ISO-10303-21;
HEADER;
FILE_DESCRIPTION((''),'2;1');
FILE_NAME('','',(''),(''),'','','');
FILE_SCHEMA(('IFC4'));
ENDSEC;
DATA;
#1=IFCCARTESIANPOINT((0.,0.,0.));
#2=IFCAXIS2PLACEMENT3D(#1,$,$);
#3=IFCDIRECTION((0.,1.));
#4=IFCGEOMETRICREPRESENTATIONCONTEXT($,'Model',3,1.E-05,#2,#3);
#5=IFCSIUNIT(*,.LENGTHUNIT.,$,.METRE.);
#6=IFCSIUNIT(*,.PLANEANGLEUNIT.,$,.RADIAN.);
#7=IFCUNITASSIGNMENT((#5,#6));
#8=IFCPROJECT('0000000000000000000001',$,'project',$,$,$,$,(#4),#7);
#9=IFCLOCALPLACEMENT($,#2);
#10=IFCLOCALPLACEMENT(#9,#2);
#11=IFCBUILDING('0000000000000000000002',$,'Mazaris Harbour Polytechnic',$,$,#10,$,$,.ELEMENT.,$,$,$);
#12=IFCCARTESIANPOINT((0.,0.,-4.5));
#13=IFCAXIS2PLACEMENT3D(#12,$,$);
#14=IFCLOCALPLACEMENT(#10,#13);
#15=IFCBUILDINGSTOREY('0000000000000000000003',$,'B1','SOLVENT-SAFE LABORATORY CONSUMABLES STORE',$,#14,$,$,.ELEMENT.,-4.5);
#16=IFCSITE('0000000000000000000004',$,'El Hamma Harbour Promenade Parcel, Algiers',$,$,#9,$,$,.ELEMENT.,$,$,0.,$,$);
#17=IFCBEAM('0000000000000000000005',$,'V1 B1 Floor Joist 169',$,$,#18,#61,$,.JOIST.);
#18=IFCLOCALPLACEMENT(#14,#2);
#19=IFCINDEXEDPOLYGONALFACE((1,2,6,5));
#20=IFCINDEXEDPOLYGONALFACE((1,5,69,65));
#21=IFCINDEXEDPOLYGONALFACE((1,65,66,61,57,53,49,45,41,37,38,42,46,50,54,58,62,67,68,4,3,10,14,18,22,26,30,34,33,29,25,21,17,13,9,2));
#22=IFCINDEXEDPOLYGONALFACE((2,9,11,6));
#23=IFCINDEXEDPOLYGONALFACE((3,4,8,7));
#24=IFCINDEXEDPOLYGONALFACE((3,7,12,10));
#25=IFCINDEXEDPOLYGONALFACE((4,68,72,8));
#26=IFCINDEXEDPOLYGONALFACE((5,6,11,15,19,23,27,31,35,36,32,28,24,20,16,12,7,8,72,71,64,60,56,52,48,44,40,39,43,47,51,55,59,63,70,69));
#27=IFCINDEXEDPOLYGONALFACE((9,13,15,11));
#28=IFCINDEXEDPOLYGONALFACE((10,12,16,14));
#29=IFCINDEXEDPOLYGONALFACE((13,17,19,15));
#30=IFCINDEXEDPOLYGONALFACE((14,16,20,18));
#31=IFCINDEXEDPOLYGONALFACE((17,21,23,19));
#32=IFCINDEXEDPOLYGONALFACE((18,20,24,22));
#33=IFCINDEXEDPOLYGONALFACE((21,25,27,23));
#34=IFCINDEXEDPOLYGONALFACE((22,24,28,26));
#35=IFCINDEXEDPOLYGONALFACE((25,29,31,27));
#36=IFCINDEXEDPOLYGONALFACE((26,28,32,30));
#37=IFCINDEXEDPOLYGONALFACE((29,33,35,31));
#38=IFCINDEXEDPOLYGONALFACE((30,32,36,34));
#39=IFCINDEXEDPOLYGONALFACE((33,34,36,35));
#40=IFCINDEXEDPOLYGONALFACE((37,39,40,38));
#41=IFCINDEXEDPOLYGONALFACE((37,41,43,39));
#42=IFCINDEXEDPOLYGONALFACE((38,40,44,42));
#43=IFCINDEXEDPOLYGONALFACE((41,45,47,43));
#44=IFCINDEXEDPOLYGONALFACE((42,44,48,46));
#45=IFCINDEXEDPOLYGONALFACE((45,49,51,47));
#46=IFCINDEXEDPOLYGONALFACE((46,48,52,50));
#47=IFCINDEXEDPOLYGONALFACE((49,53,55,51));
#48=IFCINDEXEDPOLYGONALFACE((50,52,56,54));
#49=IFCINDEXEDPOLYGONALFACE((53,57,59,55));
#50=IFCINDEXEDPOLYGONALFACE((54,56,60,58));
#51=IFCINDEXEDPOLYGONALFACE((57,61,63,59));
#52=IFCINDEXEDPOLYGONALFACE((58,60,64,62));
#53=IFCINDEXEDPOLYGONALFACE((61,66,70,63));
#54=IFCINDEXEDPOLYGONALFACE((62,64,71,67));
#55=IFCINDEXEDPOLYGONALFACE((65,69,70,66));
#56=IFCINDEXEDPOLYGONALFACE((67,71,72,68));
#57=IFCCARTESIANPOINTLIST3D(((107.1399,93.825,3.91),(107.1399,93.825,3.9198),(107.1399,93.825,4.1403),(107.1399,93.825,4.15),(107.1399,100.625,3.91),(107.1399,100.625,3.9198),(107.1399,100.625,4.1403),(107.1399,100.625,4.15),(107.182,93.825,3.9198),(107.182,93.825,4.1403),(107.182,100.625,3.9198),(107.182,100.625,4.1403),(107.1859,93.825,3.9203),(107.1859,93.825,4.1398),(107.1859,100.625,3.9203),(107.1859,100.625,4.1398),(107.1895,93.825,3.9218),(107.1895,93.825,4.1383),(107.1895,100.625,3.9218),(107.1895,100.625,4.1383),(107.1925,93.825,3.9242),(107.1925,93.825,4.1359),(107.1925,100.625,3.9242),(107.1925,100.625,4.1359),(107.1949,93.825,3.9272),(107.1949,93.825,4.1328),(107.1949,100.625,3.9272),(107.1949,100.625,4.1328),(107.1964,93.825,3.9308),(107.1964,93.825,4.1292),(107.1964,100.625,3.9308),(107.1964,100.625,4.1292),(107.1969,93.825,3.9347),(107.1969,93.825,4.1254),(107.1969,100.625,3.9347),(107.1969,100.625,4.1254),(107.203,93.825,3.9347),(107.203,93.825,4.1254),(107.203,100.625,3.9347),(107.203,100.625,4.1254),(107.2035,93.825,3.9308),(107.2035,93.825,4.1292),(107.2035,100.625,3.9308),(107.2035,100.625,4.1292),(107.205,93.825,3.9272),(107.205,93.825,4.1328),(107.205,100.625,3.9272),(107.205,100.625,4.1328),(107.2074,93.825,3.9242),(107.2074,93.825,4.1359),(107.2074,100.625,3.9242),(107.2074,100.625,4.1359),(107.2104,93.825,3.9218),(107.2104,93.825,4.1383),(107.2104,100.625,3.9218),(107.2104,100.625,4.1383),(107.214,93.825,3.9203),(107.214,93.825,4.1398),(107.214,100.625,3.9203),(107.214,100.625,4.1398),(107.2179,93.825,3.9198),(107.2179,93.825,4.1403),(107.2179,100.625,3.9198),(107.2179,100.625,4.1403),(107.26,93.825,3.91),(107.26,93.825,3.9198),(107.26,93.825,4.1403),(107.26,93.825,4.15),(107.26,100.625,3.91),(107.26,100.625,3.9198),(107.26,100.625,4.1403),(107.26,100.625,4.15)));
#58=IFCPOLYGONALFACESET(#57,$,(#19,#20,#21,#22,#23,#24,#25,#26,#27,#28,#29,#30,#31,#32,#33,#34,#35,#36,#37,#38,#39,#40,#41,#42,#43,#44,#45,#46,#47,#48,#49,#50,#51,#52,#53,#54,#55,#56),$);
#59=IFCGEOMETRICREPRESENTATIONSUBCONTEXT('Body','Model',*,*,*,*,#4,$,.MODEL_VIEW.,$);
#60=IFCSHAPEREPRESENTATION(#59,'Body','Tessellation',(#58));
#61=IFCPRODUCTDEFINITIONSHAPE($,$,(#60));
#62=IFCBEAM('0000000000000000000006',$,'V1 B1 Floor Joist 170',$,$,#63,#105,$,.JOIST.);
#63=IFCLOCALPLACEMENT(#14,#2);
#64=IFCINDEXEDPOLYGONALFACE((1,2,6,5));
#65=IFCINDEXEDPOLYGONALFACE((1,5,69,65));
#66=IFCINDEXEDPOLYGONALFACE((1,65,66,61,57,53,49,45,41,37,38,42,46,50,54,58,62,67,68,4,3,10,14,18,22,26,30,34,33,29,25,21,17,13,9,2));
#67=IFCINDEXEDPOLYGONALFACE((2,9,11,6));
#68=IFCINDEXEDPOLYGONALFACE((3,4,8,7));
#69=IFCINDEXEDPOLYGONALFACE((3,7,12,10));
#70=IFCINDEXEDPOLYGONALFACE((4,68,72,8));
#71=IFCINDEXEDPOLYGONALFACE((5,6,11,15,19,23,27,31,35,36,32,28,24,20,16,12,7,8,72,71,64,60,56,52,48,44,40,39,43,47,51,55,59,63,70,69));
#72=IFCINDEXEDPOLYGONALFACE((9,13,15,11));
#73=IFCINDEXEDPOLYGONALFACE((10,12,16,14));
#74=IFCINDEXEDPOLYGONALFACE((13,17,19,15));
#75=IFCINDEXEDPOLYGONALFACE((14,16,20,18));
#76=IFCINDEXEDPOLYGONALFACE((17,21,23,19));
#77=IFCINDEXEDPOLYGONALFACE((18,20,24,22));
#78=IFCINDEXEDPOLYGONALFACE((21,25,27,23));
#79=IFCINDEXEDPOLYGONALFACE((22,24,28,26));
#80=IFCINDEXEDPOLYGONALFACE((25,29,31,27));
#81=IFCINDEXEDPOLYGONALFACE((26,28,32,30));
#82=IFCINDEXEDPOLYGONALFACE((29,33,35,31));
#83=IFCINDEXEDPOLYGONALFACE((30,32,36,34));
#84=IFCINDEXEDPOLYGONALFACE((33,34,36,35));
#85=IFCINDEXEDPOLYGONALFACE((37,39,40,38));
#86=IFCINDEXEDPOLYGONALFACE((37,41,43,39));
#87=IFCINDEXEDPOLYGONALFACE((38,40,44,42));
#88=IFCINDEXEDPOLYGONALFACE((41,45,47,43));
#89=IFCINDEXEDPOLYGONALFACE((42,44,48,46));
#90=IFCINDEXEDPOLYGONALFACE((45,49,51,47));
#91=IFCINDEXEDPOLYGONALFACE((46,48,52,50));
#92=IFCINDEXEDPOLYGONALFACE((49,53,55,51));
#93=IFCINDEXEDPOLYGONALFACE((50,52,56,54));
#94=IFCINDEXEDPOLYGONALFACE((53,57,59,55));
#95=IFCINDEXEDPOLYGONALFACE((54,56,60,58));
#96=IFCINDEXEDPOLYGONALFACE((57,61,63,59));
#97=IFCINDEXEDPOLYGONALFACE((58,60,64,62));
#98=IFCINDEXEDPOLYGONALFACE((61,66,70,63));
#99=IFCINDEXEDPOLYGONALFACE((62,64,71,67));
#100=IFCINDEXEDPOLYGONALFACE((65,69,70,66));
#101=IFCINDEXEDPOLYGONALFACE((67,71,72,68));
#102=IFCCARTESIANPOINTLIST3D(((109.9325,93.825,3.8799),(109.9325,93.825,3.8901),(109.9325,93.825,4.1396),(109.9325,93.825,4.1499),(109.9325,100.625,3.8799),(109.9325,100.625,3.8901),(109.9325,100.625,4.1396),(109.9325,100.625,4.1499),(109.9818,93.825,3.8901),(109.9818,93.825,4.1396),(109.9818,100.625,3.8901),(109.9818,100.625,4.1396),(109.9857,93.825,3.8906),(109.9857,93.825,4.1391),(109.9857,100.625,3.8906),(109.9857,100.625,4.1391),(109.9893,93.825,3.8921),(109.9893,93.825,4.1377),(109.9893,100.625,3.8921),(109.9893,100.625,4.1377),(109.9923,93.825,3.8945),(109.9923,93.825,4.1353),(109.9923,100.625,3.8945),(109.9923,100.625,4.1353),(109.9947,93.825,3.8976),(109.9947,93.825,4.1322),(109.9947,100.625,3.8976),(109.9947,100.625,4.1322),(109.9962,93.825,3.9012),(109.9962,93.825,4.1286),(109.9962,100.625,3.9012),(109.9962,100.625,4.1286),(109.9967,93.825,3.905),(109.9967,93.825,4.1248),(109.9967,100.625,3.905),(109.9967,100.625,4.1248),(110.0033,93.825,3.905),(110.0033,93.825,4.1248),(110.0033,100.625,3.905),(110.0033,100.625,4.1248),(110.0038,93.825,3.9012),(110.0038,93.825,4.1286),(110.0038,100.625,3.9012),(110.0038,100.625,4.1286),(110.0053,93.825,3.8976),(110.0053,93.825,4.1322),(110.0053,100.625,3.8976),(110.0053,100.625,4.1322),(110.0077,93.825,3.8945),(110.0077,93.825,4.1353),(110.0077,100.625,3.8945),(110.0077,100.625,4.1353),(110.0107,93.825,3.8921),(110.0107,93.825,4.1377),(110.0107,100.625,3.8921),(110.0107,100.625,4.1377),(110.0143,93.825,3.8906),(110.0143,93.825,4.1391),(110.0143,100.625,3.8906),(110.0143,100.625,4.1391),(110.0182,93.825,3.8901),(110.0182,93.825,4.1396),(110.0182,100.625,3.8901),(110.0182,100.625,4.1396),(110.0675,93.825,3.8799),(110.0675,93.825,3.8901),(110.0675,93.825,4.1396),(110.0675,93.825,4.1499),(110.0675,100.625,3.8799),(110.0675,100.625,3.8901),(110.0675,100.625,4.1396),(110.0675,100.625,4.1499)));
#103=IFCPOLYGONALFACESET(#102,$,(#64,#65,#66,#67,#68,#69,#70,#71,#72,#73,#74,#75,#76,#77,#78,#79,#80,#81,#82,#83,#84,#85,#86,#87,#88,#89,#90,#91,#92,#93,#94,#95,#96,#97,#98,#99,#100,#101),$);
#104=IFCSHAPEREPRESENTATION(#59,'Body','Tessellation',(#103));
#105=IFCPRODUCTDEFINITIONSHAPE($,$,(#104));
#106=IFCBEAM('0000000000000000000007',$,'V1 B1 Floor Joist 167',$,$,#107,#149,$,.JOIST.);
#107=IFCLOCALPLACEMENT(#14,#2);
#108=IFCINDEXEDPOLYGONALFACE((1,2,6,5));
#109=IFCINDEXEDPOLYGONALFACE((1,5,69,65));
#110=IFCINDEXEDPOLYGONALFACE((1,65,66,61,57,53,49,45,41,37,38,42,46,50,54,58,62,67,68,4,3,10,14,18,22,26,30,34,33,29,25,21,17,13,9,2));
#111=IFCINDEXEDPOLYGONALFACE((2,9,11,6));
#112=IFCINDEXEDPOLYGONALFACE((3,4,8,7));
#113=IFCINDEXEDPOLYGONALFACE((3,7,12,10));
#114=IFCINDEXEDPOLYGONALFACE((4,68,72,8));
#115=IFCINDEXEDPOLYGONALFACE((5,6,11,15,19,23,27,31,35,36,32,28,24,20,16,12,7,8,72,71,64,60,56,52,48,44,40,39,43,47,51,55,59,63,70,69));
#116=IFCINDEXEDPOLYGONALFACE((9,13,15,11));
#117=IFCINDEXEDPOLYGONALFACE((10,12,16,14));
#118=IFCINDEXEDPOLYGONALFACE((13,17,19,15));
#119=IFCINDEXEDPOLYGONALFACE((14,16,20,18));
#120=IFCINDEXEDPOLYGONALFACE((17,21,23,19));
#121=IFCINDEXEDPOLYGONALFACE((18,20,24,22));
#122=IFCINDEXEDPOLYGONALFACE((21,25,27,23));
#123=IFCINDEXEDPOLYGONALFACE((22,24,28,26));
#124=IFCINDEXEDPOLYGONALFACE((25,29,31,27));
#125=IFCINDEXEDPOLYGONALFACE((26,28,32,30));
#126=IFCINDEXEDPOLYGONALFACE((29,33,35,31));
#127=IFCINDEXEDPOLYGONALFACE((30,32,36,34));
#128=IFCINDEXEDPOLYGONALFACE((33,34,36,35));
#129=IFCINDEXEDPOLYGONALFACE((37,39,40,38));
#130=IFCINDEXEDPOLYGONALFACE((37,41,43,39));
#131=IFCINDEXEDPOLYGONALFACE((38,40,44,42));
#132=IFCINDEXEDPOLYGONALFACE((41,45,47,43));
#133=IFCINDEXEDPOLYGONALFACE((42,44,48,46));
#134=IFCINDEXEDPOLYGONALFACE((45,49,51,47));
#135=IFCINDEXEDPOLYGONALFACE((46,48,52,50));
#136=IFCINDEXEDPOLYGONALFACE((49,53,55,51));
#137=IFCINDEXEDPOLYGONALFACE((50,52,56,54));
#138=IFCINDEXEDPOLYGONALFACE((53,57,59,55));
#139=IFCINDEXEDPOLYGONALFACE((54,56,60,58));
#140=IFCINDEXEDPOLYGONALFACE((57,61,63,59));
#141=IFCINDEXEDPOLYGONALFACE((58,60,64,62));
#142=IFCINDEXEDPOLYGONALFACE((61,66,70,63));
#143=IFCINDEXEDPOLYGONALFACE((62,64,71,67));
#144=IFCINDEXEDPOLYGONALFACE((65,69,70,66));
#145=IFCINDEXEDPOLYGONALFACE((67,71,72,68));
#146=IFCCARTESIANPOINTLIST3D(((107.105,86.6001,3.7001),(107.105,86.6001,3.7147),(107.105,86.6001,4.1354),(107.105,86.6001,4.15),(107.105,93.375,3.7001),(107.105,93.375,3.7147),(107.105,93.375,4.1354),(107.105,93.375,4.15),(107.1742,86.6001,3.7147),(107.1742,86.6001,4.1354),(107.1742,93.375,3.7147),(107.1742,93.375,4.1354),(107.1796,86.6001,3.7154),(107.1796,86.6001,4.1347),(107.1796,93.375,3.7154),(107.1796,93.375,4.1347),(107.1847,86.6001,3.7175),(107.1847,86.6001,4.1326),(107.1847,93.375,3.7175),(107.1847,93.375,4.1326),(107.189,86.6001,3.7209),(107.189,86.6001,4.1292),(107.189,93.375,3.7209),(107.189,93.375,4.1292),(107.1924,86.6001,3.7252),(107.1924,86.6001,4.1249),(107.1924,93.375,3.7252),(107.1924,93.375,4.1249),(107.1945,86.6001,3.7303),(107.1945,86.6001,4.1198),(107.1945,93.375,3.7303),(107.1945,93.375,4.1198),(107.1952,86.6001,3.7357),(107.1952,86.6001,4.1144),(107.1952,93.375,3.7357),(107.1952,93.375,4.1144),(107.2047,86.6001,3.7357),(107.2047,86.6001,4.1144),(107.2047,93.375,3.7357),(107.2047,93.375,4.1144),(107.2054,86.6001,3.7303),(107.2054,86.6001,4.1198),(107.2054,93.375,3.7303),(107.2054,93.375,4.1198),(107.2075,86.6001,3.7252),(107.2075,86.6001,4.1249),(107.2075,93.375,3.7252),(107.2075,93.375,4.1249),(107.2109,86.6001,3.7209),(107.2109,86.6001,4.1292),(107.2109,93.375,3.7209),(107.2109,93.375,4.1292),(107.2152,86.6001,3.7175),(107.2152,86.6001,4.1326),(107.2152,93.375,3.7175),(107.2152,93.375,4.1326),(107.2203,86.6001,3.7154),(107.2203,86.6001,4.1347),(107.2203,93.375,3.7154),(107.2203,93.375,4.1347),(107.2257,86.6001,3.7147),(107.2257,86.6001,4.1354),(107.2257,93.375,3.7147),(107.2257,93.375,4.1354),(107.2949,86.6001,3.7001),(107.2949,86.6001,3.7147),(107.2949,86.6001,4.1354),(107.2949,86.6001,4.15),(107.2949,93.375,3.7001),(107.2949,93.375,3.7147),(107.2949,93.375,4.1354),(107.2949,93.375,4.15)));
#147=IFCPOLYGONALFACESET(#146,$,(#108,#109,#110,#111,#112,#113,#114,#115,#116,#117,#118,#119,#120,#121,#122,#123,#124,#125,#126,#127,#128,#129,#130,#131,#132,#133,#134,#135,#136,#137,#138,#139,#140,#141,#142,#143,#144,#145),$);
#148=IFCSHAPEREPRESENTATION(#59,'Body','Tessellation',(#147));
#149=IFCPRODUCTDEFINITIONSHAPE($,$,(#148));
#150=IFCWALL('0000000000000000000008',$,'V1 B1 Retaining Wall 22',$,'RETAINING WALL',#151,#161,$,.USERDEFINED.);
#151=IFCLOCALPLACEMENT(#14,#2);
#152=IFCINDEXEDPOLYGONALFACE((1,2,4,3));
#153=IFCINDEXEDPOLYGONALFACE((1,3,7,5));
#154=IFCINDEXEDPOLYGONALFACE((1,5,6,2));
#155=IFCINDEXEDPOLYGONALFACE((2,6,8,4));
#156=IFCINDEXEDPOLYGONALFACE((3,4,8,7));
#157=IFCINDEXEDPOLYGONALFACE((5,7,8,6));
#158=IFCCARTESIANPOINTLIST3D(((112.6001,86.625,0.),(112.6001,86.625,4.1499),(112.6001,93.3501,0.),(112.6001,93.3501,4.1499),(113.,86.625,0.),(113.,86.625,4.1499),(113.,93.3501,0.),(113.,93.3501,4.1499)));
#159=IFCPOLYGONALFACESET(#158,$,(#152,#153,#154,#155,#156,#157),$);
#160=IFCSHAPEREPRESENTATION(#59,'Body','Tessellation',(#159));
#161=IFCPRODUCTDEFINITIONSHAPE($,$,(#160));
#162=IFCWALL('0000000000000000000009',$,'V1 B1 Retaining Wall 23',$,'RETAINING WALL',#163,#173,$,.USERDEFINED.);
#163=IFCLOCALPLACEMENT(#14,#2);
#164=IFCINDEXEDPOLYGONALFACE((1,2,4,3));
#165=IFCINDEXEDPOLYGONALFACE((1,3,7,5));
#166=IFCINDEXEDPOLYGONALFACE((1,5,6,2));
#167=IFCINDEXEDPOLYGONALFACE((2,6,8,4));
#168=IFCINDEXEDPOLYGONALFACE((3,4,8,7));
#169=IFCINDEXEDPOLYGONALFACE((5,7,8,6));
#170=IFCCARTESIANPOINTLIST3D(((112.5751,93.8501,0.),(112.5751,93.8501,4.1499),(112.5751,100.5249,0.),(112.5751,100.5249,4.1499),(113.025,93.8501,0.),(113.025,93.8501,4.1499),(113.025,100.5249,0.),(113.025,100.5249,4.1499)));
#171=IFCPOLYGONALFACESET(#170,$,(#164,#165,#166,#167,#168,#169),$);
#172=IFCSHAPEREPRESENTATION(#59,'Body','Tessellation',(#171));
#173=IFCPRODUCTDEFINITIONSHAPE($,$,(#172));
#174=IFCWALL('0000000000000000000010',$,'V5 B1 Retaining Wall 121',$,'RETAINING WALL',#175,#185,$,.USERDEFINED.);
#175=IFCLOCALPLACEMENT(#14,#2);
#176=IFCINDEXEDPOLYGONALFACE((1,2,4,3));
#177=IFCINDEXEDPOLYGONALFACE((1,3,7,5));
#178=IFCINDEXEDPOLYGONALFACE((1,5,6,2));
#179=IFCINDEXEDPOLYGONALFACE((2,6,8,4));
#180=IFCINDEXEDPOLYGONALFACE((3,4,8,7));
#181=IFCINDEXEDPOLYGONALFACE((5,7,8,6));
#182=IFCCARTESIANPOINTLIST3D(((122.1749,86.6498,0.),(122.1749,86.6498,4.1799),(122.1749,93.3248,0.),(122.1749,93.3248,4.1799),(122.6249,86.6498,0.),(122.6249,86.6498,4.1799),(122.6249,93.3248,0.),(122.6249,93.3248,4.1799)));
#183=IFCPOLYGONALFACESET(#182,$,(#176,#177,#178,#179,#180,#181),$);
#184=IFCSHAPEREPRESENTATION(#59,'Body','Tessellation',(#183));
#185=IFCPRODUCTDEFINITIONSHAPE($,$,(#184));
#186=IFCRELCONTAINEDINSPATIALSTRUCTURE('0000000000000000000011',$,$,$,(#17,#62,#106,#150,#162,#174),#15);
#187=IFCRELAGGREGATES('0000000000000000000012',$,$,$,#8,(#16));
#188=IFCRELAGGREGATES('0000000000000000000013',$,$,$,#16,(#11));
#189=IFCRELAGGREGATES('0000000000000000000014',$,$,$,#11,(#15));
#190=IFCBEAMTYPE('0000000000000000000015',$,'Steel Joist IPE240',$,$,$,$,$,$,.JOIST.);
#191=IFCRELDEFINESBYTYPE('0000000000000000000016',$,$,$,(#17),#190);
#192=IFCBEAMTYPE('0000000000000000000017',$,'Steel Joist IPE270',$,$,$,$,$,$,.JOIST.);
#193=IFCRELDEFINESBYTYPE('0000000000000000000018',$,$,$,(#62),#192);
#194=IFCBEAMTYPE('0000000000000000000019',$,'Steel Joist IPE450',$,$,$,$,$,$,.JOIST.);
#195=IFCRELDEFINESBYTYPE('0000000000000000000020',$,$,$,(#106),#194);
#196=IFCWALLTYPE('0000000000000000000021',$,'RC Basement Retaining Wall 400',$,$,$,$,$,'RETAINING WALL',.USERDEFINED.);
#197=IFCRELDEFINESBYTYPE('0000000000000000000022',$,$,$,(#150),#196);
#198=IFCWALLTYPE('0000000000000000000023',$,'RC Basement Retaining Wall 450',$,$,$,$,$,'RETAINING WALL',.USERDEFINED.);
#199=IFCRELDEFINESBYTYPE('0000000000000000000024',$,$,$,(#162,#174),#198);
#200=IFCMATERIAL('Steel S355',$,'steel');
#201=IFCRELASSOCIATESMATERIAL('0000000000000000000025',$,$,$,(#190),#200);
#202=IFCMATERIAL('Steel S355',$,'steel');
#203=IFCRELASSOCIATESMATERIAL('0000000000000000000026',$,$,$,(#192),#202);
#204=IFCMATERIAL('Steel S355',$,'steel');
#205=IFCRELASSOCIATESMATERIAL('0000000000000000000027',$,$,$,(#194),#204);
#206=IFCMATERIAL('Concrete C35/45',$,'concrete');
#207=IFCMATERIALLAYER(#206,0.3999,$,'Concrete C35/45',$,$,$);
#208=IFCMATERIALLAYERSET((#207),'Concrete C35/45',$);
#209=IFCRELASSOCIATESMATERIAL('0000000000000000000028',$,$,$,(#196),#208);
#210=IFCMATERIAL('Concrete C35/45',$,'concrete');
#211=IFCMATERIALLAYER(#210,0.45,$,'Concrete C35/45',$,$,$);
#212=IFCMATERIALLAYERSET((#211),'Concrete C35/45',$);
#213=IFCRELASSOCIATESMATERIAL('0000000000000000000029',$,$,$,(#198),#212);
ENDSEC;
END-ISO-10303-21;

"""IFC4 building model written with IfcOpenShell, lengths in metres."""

from ifc_helpers import new_model, si_unit, direction, frame, frame_2d, origin, origin_2d, place, context, subcontext, project, spatial, rectangle, i_section, extrude, material, layer, layer_set, material_profile, profile_set, type_object, element, save


model = new_model("IFC4")

# Units and contexts
model_context = context("Model", 3, precision=1e-05, world=origin(), true_north=direction((0.0, 1.0)))
body_context = subcontext(model_context, "Body", "Model", "MODEL_VIEW")
ifc_project = project(units=[si_unit("LENGTHUNIT", "METRE"), si_unit("PLANEANGLEUNIT", "RADIAN")], contexts=[model_context])

# Site, building, storey
site_placement = place(None, origin())
site = spatial("IfcSite", under=ifc_project, at=site_placement, Name="El Hamma Harbour Promenade Parcel, Algiers", CompositionType="ELEMENT", RefElevation=0.0)
building_placement = place(site_placement, origin())
building = spatial("IfcBuilding", under=site, at=building_placement, Name="Mazaris Harbour Polytechnic", CompositionType="ELEMENT")
storey_placement = place(building_placement, frame((0.0, 0.0, -4.5)))
storey = spatial("IfcBuildingStorey", under=building, at=storey_placement, Name="B1", Description="SOLVENT-SAFE LABORATORY CONSUMABLES STORE", CompositionType="ELEMENT", Elevation=-4.5)

# Beams
ifc_material_1 = material(Name="Steel S355", Category="steel")
ifc_material_profile_1 = material_profile(ifc_material_1, i_section(OverallWidth=0.1201, OverallDepth=0.24, WebThickness=0.0061, FlangeThickness=0.0098, FilletRadius=0.0149, at=origin_2d()), Name="IPE 240")
ifc_profile_set_1 = profile_set([ifc_material_profile_1], Name="Steel S355")
beam_type_1 = type_object("IfcBeamType", Name="Steel Joist IPE240", PredefinedType="JOIST", material=ifc_profile_set_1)
beam_1_placement = place(storey_placement, frame((107.2, 93.825, 4.03), z_axis=(0.0, 1.0, 0.0), x_axis=(-1.0, 0.0, 0.0)))
element("IfcBeam", 1, at=beam_1_placement, inside=storey, type_object=beam_type_1, Name="V1 B1 Floor Joist 169", PredefinedType="JOIST", context=body_context, shape_type="SweptSolid", body=[
    extrude(i_section(OverallWidth=0.1201, OverallDepth=0.24, WebThickness=0.0061, FlangeThickness=0.0098, FilletRadius=0.0149, at=origin_2d()), origin(), (0.0, 0.0, 1.0), 6.8),
])
ifc_material_2 = material(Name="Steel S355", Category="steel")
ifc_material_profile_2 = material_profile(ifc_material_2, i_section(OverallWidth=0.135, OverallDepth=0.27, WebThickness=0.0066, FlangeThickness=0.0103, FilletRadius=0.0149, at=origin_2d()), Name="IPE 270")
ifc_profile_set_2 = profile_set([ifc_material_profile_2], Name="Steel S355")
beam_type_2 = type_object("IfcBeamType", Name="Steel Joist IPE270", PredefinedType="JOIST", material=ifc_profile_set_2)
beam_2_placement = place(storey_placement, frame((110.0, 93.825, 4.0149), z_axis=(0.0, 1.0, 0.0), x_axis=(-1.0, 0.0, 0.0)))
element("IfcBeam", 2, at=beam_2_placement, inside=storey, type_object=beam_type_2, Name="V1 B1 Floor Joist 170", PredefinedType="JOIST", context=body_context, shape_type="SweptSolid", body=[
    extrude(i_section(OverallWidth=0.135, OverallDepth=0.27, WebThickness=0.0066, FlangeThickness=0.0103, FilletRadius=0.0149, at=origin_2d()), origin(), (0.0, 0.0, 1.0), 6.8),
])
ifc_material_3 = material(Name="Steel S355", Category="steel")
ifc_material_profile_3 = material_profile(ifc_material_3, i_section(OverallWidth=0.1899, OverallDepth=0.45, WebThickness=0.0095, FlangeThickness=0.0146, FilletRadius=0.021, at=origin_2d()), Name="IPE 450")
ifc_profile_set_3 = profile_set([ifc_material_profile_3], Name="Steel S355")
beam_type_3 = type_object("IfcBeamType", Name="Steel Joist IPE450", PredefinedType="JOIST", material=ifc_profile_set_3)
beam_3_placement = place(storey_placement, frame((107.2, 86.6001, 3.925), z_axis=(0.0, 1.0, 0.0), x_axis=(-1.0, 0.0, 0.0)))
element("IfcBeam", 3, at=beam_3_placement, inside=storey, type_object=beam_type_3, Name="V1 B1 Floor Joist 167", PredefinedType="JOIST", context=body_context, shape_type="SweptSolid", body=[
    extrude(i_section(OverallWidth=0.1899, OverallDepth=0.45, WebThickness=0.0095, FlangeThickness=0.0146, FilletRadius=0.021, at=origin_2d()), origin(), (0.0, 0.0, 1.0), 6.7749),
])

# Walls
ifc_material_4 = material(Name="Concrete C35/45", Category="concrete")
ifc_layer_1 = layer(ifc_material_4, 0.3999, Name="Concrete C35/45")
ifc_layer_set_1 = layer_set([ifc_layer_1], Name="Concrete C35/45")
wall_type_1 = type_object("IfcWallType", Name="RC Basement Retaining Wall 400", ElementType="RETAINING WALL", PredefinedType="USERDEFINED", material=ifc_layer_set_1)
wall_1_placement = place(storey_placement, frame((112.8, 86.625, 0.0), z_axis=(0.0, 0.0, 1.0), x_axis=(0.0, 1.0, 0.0)))
element("IfcWall", 4, at=wall_1_placement, inside=storey, type_object=wall_type_1, Name="V1 B1 Retaining Wall 22", ObjectType="RETAINING WALL", PredefinedType="USERDEFINED", context=body_context, shape_type="SweptSolid", body=[
    extrude(rectangle(XDim=6.7251, YDim=0.3999, at=frame_2d((3.3625, 0.0))), origin(), (0.0, 0.0, 1.0), 4.1499),
])
ifc_material_5 = material(Name="Concrete C35/45", Category="concrete")
ifc_layer_2 = layer(ifc_material_5, 0.45, Name="Concrete C35/45")
ifc_layer_set_2 = layer_set([ifc_layer_2], Name="Concrete C35/45")
wall_type_2 = type_object("IfcWallType", Name="RC Basement Retaining Wall 450", ElementType="RETAINING WALL", PredefinedType="USERDEFINED", material=ifc_layer_set_2)
wall_2_placement = place(storey_placement, frame((112.8, 93.8501, 0.0), z_axis=(0.0, 0.0, 1.0), x_axis=(0.0, 1.0, 0.0)))
element("IfcWall", 5, at=wall_2_placement, inside=storey, type_object=wall_type_2, Name="V1 B1 Retaining Wall 23", ObjectType="RETAINING WALL", PredefinedType="USERDEFINED", context=body_context, shape_type="SweptSolid", body=[
    extrude(rectangle(XDim=6.6748, YDim=0.45, at=frame_2d((3.3374, 0.0))), origin(), (0.0, 0.0, 1.0), 4.1499),
])
wall_3_placement = place(storey_placement, frame((122.3999, 86.6499, 0.0), z_axis=(0.0, 0.0, 1.0), x_axis=(0.0, 1.0, 0.0)))
element("IfcWall", 6, at=wall_3_placement, inside=storey, type_object=wall_type_2, Name="V5 B1 Retaining Wall 121", ObjectType="RETAINING WALL", PredefinedType="USERDEFINED", context=body_context, shape_type="SweptSolid", body=[
    extrude(rectangle(XDim=6.675, YDim=0.45, at=frame_2d((3.3374, 0.0))), origin(), (0.0, 0.0, 1.0), 4.1799),
])

save(model, "model.ifc")
